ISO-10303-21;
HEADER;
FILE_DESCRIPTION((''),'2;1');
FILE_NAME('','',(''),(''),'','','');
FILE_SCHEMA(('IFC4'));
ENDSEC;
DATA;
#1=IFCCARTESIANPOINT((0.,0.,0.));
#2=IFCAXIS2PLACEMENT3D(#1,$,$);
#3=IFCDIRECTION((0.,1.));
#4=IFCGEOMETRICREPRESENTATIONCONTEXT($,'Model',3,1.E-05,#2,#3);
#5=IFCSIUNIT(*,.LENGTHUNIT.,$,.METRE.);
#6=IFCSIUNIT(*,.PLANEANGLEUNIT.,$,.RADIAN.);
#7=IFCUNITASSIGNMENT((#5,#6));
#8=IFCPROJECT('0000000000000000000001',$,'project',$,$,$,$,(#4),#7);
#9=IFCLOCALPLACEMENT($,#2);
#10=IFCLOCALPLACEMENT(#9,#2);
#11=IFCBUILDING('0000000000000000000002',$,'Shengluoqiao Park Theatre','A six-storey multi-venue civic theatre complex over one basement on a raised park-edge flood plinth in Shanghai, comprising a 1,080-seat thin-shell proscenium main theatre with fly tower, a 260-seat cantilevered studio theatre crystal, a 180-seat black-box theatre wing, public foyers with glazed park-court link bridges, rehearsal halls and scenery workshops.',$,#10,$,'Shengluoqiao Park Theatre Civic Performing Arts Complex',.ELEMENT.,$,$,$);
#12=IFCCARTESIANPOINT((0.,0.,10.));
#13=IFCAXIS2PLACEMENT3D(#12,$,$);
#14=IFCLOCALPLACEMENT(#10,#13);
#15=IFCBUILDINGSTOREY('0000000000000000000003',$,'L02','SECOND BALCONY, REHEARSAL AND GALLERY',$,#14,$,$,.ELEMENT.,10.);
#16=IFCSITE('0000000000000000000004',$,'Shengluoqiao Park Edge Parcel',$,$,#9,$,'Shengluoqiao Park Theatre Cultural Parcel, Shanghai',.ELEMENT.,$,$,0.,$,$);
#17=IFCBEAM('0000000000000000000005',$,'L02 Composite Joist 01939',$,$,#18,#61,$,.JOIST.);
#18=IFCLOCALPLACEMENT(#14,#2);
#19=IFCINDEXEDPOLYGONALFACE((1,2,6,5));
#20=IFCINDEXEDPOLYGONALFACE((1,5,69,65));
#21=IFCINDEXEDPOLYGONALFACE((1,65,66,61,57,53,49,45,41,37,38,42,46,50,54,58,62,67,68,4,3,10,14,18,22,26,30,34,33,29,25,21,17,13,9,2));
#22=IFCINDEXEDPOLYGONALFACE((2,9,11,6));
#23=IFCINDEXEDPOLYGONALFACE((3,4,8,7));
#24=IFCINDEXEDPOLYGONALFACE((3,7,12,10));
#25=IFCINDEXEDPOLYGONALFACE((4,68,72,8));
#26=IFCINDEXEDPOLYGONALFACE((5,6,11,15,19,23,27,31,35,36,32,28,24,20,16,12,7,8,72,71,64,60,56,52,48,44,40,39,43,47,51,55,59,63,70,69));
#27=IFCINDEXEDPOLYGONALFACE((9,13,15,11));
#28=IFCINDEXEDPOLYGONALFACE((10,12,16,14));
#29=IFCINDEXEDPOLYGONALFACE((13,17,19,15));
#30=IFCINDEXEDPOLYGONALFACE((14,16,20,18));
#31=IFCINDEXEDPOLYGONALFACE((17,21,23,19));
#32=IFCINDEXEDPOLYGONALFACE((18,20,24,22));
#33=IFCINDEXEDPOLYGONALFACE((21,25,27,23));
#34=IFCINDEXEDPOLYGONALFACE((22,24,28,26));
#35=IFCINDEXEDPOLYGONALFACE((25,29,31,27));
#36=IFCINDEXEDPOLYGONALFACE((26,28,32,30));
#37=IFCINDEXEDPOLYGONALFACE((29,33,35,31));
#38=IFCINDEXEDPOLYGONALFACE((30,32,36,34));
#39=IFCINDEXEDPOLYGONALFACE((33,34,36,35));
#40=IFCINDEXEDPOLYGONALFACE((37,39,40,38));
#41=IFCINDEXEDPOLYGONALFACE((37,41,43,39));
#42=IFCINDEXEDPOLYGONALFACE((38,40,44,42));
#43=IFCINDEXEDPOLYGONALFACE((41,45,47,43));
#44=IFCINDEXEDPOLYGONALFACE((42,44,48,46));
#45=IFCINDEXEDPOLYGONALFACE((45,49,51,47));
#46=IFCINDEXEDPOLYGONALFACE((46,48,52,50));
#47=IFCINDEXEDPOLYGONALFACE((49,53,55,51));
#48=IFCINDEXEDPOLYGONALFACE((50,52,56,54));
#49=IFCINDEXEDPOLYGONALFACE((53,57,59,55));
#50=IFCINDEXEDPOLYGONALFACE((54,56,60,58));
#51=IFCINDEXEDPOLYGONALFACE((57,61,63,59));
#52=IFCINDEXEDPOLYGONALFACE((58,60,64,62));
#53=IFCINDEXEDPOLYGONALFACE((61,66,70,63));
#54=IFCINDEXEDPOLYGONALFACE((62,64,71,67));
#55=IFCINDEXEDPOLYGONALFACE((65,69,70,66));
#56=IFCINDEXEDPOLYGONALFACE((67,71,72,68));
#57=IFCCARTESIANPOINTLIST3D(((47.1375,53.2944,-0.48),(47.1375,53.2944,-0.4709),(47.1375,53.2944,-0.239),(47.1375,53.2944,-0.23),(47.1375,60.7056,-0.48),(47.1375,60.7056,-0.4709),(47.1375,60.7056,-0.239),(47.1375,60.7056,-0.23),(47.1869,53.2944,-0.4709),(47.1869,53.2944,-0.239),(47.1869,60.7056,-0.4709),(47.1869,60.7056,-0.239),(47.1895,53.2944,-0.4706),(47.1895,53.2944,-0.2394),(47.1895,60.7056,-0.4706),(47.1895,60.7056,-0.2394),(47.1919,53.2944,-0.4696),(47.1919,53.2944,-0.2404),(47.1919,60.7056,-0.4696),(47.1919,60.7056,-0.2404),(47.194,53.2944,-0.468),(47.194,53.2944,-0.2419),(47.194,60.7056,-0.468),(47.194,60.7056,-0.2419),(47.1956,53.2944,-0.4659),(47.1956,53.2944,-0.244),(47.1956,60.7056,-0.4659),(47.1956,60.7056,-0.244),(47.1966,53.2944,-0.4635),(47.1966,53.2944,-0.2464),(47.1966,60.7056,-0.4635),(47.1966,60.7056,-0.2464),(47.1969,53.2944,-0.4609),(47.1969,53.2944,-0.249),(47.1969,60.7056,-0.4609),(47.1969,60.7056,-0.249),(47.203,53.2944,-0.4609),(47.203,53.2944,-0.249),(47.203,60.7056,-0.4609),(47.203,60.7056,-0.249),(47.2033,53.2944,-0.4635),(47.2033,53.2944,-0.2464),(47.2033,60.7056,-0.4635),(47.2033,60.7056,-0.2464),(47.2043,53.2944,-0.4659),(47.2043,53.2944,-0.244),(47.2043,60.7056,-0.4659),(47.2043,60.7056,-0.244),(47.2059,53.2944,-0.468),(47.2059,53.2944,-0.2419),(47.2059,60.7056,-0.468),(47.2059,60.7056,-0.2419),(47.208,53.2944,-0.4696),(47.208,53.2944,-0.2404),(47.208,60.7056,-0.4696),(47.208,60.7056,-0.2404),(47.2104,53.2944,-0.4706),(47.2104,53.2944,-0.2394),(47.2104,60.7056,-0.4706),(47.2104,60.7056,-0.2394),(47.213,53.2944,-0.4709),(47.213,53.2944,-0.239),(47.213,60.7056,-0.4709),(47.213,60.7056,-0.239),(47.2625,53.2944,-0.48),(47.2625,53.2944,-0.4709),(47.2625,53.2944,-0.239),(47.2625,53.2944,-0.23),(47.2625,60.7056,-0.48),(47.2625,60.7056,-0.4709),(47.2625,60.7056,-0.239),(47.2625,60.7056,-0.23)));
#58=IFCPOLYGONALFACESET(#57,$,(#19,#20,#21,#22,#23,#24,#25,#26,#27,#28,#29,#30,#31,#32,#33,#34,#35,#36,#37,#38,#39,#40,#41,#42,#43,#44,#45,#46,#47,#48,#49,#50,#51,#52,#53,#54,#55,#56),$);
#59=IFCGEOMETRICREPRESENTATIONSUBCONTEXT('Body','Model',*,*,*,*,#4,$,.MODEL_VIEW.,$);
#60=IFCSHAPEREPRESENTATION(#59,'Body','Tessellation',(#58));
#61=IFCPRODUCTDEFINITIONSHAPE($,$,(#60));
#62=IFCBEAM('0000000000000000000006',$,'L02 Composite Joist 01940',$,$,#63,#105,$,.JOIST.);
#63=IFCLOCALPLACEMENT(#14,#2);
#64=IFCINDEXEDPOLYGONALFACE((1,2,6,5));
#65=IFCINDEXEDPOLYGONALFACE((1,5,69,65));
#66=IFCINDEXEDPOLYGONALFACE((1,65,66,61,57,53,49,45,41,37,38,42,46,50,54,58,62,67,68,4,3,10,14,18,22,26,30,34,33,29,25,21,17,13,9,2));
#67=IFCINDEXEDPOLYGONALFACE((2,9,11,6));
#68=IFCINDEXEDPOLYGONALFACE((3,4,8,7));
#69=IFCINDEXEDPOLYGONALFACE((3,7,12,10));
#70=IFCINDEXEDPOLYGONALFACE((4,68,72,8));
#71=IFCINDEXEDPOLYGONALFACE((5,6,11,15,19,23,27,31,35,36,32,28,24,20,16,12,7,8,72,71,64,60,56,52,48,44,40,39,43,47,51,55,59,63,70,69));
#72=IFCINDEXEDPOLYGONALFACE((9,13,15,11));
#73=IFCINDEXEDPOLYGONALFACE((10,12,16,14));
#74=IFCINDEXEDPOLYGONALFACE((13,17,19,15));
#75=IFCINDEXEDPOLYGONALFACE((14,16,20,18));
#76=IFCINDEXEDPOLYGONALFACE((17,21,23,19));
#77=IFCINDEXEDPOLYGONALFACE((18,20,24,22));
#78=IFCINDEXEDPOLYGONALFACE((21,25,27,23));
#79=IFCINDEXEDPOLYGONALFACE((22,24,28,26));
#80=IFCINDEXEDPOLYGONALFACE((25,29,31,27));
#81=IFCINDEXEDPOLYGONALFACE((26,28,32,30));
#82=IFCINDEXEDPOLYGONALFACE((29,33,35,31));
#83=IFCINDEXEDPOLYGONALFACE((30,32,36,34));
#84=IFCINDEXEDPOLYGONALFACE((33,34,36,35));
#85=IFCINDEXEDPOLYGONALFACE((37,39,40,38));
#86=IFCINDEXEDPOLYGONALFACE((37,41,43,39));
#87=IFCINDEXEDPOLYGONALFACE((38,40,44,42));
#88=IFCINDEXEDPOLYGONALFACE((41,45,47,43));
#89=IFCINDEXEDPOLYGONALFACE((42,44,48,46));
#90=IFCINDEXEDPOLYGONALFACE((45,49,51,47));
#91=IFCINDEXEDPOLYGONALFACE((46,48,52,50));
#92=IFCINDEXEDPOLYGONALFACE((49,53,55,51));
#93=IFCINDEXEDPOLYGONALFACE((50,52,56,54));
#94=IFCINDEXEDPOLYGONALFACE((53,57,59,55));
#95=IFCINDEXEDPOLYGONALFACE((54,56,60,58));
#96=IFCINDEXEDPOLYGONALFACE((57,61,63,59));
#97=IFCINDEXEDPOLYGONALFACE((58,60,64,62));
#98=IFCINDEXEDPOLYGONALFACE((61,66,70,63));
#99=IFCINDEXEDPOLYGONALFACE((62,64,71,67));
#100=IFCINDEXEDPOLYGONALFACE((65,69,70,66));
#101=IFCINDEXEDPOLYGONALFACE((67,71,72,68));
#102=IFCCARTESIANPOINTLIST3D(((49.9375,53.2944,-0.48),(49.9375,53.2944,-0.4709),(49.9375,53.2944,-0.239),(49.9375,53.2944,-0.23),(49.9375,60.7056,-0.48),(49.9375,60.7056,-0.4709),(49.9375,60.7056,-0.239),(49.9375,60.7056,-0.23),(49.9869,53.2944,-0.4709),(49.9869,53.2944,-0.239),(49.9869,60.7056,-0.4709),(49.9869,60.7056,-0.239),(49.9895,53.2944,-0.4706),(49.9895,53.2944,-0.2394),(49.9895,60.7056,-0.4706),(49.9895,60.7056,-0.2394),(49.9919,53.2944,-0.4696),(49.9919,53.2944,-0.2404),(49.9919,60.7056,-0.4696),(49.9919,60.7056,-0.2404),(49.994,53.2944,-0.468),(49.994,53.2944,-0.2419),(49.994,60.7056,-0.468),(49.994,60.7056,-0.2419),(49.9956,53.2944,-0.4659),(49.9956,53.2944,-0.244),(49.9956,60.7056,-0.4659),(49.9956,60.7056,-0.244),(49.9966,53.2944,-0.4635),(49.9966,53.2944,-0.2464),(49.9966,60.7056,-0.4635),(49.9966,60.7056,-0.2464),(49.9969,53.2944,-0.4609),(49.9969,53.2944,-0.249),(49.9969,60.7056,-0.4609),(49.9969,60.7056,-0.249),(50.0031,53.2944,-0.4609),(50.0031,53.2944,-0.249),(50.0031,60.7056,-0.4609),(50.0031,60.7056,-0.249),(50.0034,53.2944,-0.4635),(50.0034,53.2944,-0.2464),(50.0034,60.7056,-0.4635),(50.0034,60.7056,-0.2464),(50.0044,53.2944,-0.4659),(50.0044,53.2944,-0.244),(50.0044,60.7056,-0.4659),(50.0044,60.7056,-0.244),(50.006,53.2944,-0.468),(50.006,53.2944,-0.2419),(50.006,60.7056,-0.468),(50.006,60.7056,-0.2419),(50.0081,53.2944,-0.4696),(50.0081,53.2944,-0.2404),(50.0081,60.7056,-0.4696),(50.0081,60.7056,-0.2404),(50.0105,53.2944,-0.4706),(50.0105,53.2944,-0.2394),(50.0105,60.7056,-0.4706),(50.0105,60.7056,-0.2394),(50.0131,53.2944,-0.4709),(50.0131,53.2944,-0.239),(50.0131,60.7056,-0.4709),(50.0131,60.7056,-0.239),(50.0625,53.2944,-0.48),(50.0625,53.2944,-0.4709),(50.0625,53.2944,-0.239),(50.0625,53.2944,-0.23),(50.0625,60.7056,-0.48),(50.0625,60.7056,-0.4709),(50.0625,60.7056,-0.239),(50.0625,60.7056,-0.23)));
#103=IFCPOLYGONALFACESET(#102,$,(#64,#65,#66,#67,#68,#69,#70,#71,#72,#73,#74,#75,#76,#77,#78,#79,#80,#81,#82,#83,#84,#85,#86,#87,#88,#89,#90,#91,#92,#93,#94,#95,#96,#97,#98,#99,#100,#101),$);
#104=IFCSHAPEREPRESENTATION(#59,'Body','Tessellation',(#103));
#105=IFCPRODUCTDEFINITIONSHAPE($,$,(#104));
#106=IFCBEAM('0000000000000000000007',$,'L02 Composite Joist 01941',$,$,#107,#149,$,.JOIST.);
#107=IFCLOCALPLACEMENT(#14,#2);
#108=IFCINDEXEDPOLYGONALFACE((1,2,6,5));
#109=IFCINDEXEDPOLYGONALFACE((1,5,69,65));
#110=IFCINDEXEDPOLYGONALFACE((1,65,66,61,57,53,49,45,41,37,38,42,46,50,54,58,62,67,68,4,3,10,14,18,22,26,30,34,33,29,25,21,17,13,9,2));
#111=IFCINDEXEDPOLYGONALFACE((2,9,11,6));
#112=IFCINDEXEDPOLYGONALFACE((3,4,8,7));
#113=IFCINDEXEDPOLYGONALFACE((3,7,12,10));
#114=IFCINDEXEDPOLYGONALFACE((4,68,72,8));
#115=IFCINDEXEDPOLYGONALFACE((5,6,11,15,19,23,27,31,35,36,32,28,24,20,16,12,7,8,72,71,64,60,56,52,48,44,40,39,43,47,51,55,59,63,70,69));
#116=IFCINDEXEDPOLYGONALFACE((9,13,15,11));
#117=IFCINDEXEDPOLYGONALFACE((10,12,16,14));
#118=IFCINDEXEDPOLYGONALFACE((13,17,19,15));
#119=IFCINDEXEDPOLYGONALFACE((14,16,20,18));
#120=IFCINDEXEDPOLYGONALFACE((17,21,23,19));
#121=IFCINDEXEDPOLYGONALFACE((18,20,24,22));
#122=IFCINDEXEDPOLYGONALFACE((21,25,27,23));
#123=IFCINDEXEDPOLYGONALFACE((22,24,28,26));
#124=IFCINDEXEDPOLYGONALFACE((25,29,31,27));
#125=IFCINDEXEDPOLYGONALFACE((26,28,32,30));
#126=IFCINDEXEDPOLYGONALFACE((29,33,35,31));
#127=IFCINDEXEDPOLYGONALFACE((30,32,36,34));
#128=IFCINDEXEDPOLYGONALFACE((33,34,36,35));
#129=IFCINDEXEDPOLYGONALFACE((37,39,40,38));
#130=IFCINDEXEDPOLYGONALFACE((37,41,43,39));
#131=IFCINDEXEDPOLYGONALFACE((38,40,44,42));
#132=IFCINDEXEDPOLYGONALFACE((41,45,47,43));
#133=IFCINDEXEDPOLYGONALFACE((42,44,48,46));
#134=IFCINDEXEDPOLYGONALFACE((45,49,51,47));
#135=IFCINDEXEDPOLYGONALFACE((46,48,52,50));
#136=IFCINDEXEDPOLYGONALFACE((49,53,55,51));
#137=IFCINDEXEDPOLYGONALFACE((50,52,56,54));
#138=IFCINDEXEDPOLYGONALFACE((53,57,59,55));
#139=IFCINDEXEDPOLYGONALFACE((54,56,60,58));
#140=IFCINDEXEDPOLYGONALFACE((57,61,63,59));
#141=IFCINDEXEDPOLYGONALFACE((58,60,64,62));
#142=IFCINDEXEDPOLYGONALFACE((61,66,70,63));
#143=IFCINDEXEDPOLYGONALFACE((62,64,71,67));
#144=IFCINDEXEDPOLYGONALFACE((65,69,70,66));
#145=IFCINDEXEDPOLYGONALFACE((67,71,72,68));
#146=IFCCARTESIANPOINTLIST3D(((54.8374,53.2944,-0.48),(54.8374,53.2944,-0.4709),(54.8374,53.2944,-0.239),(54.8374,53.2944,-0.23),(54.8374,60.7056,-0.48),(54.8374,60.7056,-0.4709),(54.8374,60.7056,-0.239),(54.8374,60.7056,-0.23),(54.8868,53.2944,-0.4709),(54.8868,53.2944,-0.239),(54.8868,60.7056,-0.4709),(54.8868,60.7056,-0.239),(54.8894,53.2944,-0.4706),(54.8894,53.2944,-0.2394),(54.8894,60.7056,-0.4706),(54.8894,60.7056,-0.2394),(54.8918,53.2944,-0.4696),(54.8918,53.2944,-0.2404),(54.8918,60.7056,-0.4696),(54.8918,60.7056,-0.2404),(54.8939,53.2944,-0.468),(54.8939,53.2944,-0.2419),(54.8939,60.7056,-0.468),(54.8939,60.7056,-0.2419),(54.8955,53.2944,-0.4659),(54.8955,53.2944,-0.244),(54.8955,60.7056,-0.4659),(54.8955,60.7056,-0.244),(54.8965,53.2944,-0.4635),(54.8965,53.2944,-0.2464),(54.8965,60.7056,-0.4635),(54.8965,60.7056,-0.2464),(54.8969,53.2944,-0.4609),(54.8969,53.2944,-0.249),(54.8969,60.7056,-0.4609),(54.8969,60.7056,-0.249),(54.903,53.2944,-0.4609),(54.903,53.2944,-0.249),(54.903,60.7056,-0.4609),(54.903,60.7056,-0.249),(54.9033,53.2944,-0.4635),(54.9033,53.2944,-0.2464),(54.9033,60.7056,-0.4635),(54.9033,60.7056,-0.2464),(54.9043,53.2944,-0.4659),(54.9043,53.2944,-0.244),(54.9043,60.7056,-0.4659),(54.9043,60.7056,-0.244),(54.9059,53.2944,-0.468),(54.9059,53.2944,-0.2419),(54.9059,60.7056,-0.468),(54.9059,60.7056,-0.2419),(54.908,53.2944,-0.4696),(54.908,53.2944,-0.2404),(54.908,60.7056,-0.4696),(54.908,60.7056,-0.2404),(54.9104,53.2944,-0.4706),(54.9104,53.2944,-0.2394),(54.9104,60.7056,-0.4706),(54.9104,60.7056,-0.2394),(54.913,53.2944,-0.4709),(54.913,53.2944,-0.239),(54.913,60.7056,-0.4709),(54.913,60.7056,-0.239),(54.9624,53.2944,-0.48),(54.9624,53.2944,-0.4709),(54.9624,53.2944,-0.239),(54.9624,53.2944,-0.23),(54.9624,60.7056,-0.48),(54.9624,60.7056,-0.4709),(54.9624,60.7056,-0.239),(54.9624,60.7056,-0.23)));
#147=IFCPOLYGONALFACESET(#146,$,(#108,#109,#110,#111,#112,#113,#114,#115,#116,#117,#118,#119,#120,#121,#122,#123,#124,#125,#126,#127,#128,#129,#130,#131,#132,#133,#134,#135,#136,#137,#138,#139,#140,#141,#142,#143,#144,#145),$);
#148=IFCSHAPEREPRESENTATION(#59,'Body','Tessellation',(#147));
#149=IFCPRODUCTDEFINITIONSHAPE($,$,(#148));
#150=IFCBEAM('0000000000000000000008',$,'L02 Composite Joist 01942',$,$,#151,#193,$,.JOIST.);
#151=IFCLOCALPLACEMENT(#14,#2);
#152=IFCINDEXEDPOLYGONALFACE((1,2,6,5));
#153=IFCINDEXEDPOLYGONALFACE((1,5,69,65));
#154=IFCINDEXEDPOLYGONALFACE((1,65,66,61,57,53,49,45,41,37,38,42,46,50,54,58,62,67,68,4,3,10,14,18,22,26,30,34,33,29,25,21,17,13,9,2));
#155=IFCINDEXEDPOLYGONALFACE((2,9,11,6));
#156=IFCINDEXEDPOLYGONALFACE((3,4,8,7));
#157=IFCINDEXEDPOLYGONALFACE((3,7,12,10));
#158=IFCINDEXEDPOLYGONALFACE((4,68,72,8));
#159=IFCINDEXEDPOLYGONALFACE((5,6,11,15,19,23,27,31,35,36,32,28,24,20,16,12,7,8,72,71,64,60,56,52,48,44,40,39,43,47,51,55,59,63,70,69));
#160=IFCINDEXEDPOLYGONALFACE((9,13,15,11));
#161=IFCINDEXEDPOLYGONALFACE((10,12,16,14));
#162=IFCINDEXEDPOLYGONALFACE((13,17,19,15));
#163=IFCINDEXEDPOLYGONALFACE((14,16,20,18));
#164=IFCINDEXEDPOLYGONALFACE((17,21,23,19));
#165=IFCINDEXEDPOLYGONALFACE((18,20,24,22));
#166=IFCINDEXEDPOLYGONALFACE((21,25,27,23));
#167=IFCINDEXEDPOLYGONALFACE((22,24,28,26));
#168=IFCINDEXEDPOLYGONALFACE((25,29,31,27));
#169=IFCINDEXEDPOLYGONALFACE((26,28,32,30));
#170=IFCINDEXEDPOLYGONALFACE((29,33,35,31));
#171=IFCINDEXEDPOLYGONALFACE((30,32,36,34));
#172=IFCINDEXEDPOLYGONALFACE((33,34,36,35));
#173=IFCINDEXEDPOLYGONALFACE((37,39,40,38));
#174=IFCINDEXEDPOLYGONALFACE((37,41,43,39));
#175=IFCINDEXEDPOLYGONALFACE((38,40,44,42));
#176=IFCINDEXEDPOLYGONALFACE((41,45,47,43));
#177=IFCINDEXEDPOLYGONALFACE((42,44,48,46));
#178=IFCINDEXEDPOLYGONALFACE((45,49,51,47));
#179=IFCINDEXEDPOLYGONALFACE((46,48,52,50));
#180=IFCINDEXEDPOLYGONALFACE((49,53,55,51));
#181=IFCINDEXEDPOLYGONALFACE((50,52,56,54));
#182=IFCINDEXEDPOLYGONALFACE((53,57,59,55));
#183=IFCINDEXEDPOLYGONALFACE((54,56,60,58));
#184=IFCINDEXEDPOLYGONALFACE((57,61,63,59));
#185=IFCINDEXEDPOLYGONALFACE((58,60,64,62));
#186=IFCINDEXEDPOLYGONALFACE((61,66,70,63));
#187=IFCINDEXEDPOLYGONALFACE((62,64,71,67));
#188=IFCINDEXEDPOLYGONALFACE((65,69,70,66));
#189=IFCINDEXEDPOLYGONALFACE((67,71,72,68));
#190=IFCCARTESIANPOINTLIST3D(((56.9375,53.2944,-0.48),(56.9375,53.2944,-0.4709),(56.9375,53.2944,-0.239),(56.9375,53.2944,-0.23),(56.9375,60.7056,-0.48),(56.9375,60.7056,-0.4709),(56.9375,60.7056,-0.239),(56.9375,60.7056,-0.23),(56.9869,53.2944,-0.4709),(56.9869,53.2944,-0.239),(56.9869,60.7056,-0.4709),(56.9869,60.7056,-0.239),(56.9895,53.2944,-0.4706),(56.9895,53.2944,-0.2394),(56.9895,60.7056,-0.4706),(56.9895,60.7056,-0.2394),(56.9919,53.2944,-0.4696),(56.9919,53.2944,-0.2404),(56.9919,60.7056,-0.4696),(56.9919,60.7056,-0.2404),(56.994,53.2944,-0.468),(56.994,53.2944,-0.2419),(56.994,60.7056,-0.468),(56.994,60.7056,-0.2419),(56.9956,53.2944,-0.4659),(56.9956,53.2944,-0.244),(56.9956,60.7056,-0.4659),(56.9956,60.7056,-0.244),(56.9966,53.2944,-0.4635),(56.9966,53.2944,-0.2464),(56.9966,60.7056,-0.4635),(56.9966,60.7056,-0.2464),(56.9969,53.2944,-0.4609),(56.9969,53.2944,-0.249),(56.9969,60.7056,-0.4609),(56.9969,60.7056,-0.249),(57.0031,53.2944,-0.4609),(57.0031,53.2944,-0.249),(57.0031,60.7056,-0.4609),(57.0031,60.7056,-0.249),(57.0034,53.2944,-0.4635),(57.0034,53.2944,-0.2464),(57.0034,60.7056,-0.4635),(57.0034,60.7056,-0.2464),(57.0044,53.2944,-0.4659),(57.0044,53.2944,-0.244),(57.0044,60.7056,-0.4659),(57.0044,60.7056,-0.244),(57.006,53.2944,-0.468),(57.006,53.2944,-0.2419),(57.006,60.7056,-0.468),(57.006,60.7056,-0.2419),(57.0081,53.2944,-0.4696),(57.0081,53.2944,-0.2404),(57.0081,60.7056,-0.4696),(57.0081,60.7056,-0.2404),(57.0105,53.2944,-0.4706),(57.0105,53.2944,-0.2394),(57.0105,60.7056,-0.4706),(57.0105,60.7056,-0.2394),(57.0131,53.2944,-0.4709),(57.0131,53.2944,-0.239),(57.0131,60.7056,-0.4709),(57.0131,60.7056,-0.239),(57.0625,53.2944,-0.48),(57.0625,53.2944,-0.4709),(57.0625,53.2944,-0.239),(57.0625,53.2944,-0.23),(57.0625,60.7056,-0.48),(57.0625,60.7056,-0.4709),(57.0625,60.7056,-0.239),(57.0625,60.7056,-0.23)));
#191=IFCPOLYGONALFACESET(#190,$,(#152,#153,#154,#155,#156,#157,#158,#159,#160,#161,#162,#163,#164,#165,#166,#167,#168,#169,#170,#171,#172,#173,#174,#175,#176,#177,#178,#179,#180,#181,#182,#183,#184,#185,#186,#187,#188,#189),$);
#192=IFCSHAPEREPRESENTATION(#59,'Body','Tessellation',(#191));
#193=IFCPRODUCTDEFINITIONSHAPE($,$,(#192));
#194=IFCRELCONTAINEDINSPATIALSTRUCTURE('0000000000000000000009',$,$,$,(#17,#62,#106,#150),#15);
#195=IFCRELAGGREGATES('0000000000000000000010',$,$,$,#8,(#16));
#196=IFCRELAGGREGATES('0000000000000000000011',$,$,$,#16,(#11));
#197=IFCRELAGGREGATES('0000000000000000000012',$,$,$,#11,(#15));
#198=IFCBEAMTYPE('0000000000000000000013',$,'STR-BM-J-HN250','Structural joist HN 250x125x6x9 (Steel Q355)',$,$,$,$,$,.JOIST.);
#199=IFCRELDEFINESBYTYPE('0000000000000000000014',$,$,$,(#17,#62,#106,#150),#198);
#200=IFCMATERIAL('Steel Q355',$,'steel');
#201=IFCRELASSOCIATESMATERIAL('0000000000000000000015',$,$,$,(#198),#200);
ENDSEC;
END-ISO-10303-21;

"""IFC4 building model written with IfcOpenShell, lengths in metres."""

from ifc_helpers import new_model, si_unit, direction, frame, origin, origin_2d, place, context, subcontext, project, spatial, i_section, extrude, material, material_profile, profile_set, type_object, element, save


model = new_model("IFC4")

# Units and contexts
model_context = context("Model", 3, precision=1e-05, world=origin(), true_north=direction((0.0, 1.0)))
body_context = subcontext(model_context, "Body", "Model", "MODEL_VIEW")
ifc_project = project(units=[si_unit("LENGTHUNIT", "METRE"), si_unit("PLANEANGLEUNIT", "RADIAN")], contexts=[model_context])

# Site, building, storey
site_placement = place(None, origin())
site = spatial("IfcSite", under=ifc_project, at=site_placement, Name="Shengluoqiao Park Edge Parcel", LongName="Shengluoqiao Park Theatre Cultural Parcel, Shanghai", CompositionType="ELEMENT", RefElevation=0.0)
building_placement = place(site_placement, origin())
building = spatial("IfcBuilding", under=site, at=building_placement, Name="Shengluoqiao Park Theatre", Description="A six-storey multi-venue civic theatre complex over one basement on a raised park-edge flood plinth in Shanghai, comprising a 1,080-seat thin-shell proscenium main theatre with fly tower, a 260-seat cantilevered studio theatre crystal, a 180-seat black-box theatre wing, public foyers with glazed park-court link bridges, rehearsal halls and scenery workshops.", LongName="Shengluoqiao Park Theatre Civic Performing Arts Complex", CompositionType="ELEMENT")
storey_placement = place(building_placement, frame((0.0, 0.0, 10.0)))
storey = spatial("IfcBuildingStorey", under=building, at=storey_placement, Name="L02", Description="SECOND BALCONY, REHEARSAL AND GALLERY", CompositionType="ELEMENT", Elevation=10.0)

# Beams
ifc_material_1 = material(Name="Steel Q355", Category="steel")
ifc_material_profile_1 = material_profile(ifc_material_1, i_section(OverallWidth=0.125, OverallDepth=0.25, WebThickness=0.0061, FlangeThickness=0.009, FilletRadius=0.01, at=origin_2d()), Name="HN 250x125x6x9")
ifc_profile_set_1 = profile_set([ifc_material_profile_1], Name="Steel Q355")
beam_type_1 = type_object("IfcBeamType", Name="STR-BM-J-HN250", Description="Structural joist HN 250x125x6x9 (Steel Q355)", PredefinedType="JOIST", material=ifc_profile_set_1)
for number, where, z_axis, x_axis, name in (
    (1, (47.2, 53.2944, -0.355), (0.0, 1.0, 0.0), (-1.0, 0.0, 0.0), "L02 Composite Joist 01939"),
    (2, (50.0, 53.2944, -0.355), (0.0, 1.0, 0.0), (-1.0, 0.0, 0.0), "L02 Composite Joist 01940"),
    (3, (54.8999, 53.2944, -0.355), (0.0, 1.0, 0.0), (-1.0, 0.0, 0.0), "L02 Composite Joist 01941"),
    (4, (57.0, 53.2944, -0.355), (0.0, 1.0, 0.0), (-1.0, 0.0, 0.0), "L02 Composite Joist 01942"),
):
    element("IfcBeam", number, at=place(storey_placement, frame(where, z_axis=z_axis, x_axis=x_axis)), inside=storey, type_object=beam_type_1, Name=name, PredefinedType="JOIST", context=body_context, shape_type="SweptSolid", body=[
        extrude(i_section(OverallWidth=0.125, OverallDepth=0.25, WebThickness=0.0061, FlangeThickness=0.009, FilletRadius=0.01, at=origin_2d()), origin(), (0.0, 0.0, 1.0), 7.4111),
    ])

save(model, "model.ifc")
